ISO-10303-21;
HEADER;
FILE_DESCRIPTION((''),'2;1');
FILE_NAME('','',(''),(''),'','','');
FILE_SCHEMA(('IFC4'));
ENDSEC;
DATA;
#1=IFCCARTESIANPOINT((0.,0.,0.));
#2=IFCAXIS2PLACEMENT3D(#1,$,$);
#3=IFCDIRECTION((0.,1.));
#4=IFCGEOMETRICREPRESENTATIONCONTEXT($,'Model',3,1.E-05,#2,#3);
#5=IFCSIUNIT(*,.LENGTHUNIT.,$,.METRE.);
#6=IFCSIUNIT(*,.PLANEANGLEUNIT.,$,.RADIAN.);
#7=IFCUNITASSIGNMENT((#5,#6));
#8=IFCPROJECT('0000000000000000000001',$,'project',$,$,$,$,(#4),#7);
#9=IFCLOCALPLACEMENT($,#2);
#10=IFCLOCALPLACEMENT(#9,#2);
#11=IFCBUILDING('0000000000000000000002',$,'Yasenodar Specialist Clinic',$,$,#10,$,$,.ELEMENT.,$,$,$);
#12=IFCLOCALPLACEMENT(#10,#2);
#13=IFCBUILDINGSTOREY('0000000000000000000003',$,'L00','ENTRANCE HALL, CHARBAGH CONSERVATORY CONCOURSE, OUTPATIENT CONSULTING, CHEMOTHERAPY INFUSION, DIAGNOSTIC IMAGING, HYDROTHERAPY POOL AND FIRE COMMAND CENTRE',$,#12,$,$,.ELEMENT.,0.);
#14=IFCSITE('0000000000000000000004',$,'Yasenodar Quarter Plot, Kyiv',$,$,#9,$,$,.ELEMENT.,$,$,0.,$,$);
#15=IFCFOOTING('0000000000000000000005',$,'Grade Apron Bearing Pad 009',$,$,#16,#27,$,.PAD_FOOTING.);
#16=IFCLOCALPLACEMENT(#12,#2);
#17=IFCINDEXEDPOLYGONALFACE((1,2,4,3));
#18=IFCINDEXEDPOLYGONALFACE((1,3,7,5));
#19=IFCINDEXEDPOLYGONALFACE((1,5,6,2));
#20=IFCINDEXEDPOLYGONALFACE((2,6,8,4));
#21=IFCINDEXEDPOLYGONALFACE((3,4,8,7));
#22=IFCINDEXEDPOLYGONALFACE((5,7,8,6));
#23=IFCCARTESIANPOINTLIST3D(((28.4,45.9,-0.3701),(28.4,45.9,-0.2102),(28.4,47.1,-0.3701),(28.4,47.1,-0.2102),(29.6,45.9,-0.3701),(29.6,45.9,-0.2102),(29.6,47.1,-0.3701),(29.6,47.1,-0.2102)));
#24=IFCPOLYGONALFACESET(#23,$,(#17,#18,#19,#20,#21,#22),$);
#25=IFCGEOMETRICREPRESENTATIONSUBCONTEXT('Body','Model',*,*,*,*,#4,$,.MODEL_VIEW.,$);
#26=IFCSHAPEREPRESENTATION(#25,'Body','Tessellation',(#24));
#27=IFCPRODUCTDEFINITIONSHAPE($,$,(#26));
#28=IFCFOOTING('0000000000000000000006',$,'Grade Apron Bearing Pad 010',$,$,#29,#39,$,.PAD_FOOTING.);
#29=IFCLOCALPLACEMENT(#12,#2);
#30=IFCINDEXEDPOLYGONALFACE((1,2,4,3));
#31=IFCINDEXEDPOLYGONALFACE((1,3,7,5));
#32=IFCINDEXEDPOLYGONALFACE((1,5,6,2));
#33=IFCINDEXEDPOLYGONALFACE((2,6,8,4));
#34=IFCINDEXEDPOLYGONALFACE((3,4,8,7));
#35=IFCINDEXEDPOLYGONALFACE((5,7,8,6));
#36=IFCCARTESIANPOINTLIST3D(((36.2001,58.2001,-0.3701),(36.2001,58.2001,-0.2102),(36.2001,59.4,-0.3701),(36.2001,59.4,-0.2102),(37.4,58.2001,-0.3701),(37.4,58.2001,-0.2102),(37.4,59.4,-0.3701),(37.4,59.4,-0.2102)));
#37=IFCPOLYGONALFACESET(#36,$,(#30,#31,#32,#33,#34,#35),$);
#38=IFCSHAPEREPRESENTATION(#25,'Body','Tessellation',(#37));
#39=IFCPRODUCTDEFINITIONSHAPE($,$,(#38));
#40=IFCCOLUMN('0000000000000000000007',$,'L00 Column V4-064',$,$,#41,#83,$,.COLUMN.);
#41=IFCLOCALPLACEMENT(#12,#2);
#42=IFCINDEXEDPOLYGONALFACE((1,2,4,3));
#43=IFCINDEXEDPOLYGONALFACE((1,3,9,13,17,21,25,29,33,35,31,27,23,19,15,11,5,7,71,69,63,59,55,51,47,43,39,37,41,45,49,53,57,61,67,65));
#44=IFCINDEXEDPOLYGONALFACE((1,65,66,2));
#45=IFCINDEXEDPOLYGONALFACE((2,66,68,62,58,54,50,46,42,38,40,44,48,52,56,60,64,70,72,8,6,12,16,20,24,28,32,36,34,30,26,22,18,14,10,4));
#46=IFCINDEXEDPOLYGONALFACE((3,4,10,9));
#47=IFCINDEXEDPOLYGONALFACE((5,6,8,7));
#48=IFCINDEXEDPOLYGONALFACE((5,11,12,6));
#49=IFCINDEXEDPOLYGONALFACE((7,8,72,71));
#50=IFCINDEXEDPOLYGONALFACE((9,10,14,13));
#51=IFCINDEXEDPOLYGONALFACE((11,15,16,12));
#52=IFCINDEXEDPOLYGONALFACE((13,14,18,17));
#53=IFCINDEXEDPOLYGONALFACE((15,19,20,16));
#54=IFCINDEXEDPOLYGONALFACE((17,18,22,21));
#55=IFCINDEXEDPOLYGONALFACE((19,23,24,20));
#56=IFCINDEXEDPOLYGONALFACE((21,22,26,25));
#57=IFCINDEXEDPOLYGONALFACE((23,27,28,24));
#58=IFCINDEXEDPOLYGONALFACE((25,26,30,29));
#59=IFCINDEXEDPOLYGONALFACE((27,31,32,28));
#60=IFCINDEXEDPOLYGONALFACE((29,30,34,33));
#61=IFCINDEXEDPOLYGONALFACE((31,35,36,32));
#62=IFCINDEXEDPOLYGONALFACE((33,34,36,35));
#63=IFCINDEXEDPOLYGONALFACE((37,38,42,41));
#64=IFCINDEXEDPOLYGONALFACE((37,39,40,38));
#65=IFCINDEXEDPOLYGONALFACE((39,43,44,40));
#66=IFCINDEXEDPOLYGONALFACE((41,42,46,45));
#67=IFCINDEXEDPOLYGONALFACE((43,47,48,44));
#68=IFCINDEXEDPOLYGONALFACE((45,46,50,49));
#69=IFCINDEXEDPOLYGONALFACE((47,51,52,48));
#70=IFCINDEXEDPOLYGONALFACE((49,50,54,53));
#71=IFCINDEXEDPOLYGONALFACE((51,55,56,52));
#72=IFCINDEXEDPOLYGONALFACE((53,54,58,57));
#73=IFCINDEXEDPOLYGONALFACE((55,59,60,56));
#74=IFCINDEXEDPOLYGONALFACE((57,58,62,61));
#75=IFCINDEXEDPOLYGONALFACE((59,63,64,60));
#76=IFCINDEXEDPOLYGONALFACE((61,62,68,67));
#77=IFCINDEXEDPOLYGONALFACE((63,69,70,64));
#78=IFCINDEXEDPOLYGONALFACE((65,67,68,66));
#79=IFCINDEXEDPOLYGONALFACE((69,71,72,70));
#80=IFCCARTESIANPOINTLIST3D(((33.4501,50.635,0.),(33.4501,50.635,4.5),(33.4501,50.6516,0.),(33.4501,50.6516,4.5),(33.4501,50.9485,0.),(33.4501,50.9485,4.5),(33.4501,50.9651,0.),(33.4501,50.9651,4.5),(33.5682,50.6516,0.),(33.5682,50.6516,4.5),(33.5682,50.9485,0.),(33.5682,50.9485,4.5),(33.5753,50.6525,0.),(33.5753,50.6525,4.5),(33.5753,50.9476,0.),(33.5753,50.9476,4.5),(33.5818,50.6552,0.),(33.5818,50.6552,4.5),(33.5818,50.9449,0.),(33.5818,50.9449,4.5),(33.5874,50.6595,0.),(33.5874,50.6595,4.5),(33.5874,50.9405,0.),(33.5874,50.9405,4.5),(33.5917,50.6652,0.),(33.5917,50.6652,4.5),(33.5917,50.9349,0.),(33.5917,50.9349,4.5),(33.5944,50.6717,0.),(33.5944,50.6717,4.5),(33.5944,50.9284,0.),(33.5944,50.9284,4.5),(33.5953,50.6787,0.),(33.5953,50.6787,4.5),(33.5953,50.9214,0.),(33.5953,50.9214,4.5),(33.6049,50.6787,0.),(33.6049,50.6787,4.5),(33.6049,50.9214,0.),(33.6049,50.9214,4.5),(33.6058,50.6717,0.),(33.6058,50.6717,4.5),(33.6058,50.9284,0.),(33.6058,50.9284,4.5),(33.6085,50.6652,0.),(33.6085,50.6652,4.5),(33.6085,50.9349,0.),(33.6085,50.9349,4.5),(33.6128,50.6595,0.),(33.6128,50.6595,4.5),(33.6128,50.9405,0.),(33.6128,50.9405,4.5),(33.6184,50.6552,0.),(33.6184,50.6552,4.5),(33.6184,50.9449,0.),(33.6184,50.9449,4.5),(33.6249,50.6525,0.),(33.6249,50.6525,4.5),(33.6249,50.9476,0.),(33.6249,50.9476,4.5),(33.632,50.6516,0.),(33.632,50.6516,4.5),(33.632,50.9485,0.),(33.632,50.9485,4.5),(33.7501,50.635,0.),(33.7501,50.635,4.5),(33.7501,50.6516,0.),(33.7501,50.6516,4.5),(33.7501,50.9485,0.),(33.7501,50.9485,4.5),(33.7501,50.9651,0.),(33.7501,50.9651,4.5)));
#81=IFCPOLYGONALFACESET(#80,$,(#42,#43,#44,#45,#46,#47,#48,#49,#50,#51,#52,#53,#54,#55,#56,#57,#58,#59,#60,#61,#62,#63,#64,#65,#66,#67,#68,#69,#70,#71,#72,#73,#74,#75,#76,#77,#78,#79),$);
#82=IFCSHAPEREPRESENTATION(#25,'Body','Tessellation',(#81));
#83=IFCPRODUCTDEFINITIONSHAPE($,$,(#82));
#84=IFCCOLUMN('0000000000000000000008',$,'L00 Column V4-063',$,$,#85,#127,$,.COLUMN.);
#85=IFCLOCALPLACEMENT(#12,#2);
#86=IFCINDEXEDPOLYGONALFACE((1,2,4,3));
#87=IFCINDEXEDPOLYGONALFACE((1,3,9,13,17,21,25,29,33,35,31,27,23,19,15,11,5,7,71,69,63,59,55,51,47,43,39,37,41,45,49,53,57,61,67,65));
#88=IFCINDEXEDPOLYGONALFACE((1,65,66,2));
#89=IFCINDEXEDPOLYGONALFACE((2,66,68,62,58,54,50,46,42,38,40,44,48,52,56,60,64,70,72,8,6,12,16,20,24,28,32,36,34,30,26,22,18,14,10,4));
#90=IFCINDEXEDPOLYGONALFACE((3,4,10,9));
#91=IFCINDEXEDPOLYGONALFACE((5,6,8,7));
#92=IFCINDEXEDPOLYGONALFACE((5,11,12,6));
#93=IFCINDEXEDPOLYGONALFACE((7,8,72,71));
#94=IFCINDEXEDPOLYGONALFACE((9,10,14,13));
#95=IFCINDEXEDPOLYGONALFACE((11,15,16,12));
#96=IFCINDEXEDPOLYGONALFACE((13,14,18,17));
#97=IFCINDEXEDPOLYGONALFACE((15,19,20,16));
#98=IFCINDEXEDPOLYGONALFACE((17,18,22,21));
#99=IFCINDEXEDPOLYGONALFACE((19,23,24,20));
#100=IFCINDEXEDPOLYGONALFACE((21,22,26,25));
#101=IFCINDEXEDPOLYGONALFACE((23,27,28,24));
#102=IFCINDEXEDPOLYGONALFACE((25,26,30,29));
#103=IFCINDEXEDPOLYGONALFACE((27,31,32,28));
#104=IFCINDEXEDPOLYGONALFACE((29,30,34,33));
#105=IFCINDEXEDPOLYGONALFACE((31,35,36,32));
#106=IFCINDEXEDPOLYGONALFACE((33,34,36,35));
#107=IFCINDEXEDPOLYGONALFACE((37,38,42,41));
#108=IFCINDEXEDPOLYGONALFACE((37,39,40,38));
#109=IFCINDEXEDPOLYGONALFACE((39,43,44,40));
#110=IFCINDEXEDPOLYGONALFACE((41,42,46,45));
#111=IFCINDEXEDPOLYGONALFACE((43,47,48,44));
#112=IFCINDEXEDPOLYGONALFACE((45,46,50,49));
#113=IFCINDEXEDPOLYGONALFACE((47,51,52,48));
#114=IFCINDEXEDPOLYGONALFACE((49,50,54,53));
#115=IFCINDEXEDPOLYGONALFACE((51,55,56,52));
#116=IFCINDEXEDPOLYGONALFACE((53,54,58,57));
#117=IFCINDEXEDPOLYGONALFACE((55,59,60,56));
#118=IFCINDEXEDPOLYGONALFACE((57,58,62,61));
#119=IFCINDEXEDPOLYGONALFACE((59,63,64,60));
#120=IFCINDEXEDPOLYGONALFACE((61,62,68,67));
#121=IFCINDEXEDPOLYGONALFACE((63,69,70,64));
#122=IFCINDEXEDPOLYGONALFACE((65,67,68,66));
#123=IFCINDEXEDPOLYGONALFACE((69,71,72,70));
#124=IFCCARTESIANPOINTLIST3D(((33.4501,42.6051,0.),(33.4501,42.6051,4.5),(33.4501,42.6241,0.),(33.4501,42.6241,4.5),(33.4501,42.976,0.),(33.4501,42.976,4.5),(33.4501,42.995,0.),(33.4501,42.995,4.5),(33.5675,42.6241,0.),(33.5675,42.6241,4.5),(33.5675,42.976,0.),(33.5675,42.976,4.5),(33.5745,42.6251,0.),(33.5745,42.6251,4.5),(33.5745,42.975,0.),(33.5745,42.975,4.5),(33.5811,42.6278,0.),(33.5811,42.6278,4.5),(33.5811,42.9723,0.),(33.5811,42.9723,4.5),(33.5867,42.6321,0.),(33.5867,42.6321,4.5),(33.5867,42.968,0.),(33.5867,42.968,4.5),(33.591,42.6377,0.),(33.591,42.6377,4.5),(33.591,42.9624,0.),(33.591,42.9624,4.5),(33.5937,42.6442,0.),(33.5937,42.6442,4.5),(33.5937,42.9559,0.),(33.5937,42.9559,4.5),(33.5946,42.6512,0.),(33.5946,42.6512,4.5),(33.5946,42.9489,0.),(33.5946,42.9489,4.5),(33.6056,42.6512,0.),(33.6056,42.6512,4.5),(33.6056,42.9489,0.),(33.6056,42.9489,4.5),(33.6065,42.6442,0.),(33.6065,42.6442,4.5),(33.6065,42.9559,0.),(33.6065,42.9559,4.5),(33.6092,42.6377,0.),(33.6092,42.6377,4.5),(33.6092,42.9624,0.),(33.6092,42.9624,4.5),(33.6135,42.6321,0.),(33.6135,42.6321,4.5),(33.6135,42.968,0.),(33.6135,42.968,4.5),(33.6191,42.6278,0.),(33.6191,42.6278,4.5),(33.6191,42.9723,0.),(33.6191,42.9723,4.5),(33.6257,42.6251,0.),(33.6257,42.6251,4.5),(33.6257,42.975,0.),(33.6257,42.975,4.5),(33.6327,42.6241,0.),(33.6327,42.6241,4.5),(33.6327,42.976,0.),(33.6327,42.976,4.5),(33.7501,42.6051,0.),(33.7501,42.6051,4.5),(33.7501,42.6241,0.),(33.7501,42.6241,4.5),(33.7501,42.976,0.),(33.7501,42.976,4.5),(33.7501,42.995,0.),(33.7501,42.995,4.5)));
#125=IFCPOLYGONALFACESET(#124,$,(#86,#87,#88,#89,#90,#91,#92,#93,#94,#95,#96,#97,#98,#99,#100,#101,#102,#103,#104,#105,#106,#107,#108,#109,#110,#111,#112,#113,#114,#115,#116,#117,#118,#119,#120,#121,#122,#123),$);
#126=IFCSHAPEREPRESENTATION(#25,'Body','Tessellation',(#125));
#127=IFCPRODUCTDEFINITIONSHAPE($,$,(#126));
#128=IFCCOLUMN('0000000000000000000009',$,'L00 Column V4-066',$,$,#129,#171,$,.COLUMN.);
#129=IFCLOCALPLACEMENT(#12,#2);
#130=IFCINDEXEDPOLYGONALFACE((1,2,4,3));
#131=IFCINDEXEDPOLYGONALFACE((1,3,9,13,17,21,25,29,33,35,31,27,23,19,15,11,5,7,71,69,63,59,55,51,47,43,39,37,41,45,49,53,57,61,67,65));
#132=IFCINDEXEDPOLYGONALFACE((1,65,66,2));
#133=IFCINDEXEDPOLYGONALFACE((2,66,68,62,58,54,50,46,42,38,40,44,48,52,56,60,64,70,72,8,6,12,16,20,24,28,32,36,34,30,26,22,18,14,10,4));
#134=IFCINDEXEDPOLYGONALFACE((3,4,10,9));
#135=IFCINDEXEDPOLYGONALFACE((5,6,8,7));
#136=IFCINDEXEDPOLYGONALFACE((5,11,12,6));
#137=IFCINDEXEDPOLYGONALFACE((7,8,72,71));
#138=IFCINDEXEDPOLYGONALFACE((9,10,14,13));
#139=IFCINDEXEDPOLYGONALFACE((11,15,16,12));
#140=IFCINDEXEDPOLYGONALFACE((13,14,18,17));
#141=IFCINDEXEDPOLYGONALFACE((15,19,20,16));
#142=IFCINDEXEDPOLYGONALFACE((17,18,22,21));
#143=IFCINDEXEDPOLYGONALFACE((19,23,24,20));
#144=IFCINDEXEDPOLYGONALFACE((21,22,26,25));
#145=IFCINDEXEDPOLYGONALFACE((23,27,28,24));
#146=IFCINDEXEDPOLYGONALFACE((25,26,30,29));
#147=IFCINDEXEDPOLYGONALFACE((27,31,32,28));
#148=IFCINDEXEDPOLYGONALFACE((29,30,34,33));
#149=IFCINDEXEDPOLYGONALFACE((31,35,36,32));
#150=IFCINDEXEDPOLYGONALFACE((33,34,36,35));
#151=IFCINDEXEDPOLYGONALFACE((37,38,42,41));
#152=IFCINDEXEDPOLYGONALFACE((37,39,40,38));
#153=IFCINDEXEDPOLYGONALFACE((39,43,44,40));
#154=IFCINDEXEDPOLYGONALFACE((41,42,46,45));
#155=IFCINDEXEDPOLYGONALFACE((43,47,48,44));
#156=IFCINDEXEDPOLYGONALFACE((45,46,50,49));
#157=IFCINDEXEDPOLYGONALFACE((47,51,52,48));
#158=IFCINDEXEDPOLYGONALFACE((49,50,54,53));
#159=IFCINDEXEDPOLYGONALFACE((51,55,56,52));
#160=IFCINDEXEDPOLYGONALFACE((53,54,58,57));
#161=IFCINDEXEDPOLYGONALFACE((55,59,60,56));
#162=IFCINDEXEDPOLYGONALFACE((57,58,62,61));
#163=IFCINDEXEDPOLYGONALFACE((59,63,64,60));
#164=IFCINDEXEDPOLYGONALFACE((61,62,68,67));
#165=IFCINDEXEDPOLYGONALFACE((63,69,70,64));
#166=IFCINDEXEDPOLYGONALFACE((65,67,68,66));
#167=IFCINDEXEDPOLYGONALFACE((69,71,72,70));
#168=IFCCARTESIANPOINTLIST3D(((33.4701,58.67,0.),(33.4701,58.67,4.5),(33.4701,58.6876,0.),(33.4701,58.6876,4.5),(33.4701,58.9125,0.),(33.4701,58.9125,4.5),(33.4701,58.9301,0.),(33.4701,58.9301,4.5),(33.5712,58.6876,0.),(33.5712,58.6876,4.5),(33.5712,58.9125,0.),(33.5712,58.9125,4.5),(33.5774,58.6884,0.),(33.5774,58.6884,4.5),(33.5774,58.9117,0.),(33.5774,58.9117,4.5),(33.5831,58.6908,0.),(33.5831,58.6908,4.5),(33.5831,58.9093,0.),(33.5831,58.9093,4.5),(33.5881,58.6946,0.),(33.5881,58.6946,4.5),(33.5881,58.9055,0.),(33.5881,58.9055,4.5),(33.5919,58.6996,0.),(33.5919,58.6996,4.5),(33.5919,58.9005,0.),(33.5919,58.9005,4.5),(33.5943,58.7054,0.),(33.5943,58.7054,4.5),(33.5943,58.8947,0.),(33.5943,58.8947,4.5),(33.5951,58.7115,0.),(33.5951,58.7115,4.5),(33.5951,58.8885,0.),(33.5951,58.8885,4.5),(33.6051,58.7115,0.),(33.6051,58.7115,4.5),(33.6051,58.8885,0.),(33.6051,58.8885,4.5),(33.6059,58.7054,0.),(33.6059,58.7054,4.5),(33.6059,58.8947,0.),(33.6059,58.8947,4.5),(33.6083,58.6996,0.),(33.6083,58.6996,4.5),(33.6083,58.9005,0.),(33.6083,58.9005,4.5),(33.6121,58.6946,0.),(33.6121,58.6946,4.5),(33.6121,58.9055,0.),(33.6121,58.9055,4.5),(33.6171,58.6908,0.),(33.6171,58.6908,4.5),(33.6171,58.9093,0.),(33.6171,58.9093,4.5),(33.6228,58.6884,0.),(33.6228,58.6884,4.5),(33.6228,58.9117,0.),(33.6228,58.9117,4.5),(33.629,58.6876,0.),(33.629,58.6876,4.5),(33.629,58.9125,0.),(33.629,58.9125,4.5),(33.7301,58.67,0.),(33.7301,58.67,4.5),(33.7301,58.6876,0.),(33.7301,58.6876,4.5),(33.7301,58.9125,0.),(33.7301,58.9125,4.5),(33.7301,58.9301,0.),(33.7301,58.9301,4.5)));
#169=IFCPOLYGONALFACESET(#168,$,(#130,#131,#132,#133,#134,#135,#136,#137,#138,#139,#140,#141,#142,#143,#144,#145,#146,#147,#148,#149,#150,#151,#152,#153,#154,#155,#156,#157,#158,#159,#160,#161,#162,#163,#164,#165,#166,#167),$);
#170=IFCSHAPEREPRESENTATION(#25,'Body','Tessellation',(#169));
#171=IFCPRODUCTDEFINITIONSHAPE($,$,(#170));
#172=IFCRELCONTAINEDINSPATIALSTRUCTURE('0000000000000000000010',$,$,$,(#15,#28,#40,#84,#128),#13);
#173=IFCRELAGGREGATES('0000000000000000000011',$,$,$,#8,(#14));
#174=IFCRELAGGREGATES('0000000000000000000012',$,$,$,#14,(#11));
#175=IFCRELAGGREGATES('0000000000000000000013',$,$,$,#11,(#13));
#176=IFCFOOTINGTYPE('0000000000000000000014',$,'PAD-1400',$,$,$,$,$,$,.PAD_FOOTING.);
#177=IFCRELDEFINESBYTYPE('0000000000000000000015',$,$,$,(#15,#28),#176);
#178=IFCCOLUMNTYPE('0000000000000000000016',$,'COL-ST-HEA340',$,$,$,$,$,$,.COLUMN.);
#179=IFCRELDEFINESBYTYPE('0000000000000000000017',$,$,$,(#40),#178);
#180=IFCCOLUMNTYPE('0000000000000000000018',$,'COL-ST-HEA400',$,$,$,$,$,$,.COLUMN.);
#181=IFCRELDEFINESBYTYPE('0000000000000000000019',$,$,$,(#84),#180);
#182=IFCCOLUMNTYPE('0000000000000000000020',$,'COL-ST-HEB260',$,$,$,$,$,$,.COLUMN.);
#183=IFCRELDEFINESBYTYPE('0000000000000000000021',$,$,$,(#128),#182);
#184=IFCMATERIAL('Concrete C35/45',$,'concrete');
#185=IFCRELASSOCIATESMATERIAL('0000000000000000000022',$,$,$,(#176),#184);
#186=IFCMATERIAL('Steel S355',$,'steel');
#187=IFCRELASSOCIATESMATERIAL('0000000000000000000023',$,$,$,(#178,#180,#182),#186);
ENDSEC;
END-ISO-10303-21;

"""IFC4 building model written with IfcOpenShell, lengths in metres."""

from ifc_helpers import new_model, si_unit, direction, frame, origin, origin_2d, place, context, subcontext, project, spatial, rectangle, i_section, extrude, material, material_profile, profile_set, type_object, element, save


model = new_model("IFC4")

# Units and contexts
model_context = context("Model", 3, precision=1e-05, world=origin(), true_north=direction((0.0, 1.0)))
body_context = subcontext(model_context, "Body", "Model", "MODEL_VIEW")
ifc_project = project(units=[si_unit("LENGTHUNIT", "METRE"), si_unit("PLANEANGLEUNIT", "RADIAN")], contexts=[model_context])

# Site, building, storey
site_placement = place(None, origin())
site = spatial("IfcSite", under=ifc_project, at=site_placement, Name="Yasenodar Quarter Plot, Kyiv", CompositionType="ELEMENT", RefElevation=0.0)
building_placement = place(site_placement, origin())
building = spatial("IfcBuilding", under=site, at=building_placement, Name="Yasenodar Specialist Clinic", CompositionType="ELEMENT")
storey_placement = place(building_placement, origin())
storey = spatial("IfcBuildingStorey", under=building, at=storey_placement, Name="L00", Description="ENTRANCE HALL, CHARBAGH CONSERVATORY CONCOURSE, OUTPATIENT CONSULTING, CHEMOTHERAPY INFUSION, DIAGNOSTIC IMAGING, HYDROTHERAPY POOL AND FIRE COMMAND CENTRE", CompositionType="ELEMENT", Elevation=0.0)

# Footings
ifc_material_1 = material(Name="Concrete C35/45", Category="concrete")
footing_type = type_object("IfcFootingType", Name="PAD-1400", PredefinedType="PAD_FOOTING", material=ifc_material_1)
for number, where, z_axis, x_axis, name in (
    (1, (29.0, 46.5, -0.3701), (0.0, 0.0, 1.0), (1.0, 0.0, 0.0), "Grade Apron Bearing Pad 009"),
    (2, (36.8, 58.8, -0.3701), (0.0, 0.0, 1.0), (1.0, 0.0, 0.0), "Grade Apron Bearing Pad 010"),
):
    element("IfcFooting", number, at=place(storey_placement, frame(where, z_axis=z_axis, x_axis=x_axis)), inside=storey, type_object=footing_type, Name=name, PredefinedType="PAD_FOOTING", context=body_context, shape_type="SweptSolid", body=[
        extrude(rectangle(XDim=1.2, YDim=1.2, at=origin_2d()), origin(), (0.0, 0.0, 1.0), 0.1599),
    ])

# Columns
ifc_material_2 = material(Name="Steel S355", Category="steel")
ifc_material_profile_1 = material_profile(ifc_material_2, i_section(OverallWidth=0.3, OverallDepth=0.3301, WebThickness=0.0095, FlangeThickness=0.0166, FilletRadius=0.0271, at=origin_2d()), Name="HEA 340")
ifc_profile_set_1 = profile_set([ifc_material_profile_1], Name="Steel S355")
column_type_1 = type_object("IfcColumnType", Name="COL-ST-HEA340", PredefinedType="COLUMN", material=ifc_profile_set_1)
column_1_placement = place(storey_placement, frame((33.6001, 50.8, 0.0), z_axis=(0.0, 0.0, 1.0), x_axis=(1.0, 0.0, 0.0)))
element("IfcColumn", 3, at=column_1_placement, inside=storey, type_object=column_type_1, Name="L00 Column V4-064", PredefinedType="COLUMN", context=body_context, shape_type="SweptSolid", body=[
    extrude(i_section(OverallWidth=0.3, OverallDepth=0.3301, WebThickness=0.0095, FlangeThickness=0.0166, FilletRadius=0.0271, at=origin_2d()), origin(), (0.0, 0.0, 1.0), 4.5),
])
ifc_material_profile_2 = material_profile(ifc_material_2, i_section(OverallWidth=0.3, OverallDepth=0.3899, WebThickness=0.011, FlangeThickness=0.019, FilletRadius=0.0271, at=origin_2d()), Name="HEA 400")
ifc_profile_set_2 = profile_set([ifc_material_profile_2], Name="Steel S355")
column_type_2 = type_object("IfcColumnType", Name="COL-ST-HEA400", PredefinedType="COLUMN", material=ifc_profile_set_2)
column_2_placement = place(storey_placement, frame((33.6001, 42.8, 0.0), z_axis=(0.0, 0.0, 1.0), x_axis=(1.0, 0.0, 0.0)))
element("IfcColumn", 4, at=column_2_placement, inside=storey, type_object=column_type_2, Name="L00 Column V4-063", PredefinedType="COLUMN", context=body_context, shape_type="SweptSolid", body=[
    extrude(i_section(OverallWidth=0.3, OverallDepth=0.3899, WebThickness=0.011, FlangeThickness=0.019, FilletRadius=0.0271, at=origin_2d()), origin(), (0.0, 0.0, 1.0), 4.5),
])
ifc_material_profile_3 = material_profile(ifc_material_2, i_section(OverallWidth=0.26, OverallDepth=0.26, WebThickness=0.01, FlangeThickness=0.0176, FilletRadius=0.0239, at=origin_2d()), Name="HEB 260")
ifc_profile_set_3 = profile_set([ifc_material_profile_3], Name="Steel S355")
column_type_3 = type_object("IfcColumnType", Name="COL-ST-HEB260", PredefinedType="COLUMN", material=ifc_profile_set_3)
column_3_placement = place(storey_placement, frame((33.6001, 58.8, 0.0), z_axis=(0.0, 0.0, 1.0), x_axis=(1.0, 0.0, 0.0)))
element("IfcColumn", 5, at=column_3_placement, inside=storey, type_object=column_type_3, Name="L00 Column V4-066", PredefinedType="COLUMN", context=body_context, shape_type="SweptSolid", body=[
    extrude(i_section(OverallWidth=0.26, OverallDepth=0.26, WebThickness=0.01, FlangeThickness=0.0176, FilletRadius=0.0239, at=origin_2d()), origin(), (0.0, 0.0, 1.0), 4.5),
])

save(model, "model.ifc")
